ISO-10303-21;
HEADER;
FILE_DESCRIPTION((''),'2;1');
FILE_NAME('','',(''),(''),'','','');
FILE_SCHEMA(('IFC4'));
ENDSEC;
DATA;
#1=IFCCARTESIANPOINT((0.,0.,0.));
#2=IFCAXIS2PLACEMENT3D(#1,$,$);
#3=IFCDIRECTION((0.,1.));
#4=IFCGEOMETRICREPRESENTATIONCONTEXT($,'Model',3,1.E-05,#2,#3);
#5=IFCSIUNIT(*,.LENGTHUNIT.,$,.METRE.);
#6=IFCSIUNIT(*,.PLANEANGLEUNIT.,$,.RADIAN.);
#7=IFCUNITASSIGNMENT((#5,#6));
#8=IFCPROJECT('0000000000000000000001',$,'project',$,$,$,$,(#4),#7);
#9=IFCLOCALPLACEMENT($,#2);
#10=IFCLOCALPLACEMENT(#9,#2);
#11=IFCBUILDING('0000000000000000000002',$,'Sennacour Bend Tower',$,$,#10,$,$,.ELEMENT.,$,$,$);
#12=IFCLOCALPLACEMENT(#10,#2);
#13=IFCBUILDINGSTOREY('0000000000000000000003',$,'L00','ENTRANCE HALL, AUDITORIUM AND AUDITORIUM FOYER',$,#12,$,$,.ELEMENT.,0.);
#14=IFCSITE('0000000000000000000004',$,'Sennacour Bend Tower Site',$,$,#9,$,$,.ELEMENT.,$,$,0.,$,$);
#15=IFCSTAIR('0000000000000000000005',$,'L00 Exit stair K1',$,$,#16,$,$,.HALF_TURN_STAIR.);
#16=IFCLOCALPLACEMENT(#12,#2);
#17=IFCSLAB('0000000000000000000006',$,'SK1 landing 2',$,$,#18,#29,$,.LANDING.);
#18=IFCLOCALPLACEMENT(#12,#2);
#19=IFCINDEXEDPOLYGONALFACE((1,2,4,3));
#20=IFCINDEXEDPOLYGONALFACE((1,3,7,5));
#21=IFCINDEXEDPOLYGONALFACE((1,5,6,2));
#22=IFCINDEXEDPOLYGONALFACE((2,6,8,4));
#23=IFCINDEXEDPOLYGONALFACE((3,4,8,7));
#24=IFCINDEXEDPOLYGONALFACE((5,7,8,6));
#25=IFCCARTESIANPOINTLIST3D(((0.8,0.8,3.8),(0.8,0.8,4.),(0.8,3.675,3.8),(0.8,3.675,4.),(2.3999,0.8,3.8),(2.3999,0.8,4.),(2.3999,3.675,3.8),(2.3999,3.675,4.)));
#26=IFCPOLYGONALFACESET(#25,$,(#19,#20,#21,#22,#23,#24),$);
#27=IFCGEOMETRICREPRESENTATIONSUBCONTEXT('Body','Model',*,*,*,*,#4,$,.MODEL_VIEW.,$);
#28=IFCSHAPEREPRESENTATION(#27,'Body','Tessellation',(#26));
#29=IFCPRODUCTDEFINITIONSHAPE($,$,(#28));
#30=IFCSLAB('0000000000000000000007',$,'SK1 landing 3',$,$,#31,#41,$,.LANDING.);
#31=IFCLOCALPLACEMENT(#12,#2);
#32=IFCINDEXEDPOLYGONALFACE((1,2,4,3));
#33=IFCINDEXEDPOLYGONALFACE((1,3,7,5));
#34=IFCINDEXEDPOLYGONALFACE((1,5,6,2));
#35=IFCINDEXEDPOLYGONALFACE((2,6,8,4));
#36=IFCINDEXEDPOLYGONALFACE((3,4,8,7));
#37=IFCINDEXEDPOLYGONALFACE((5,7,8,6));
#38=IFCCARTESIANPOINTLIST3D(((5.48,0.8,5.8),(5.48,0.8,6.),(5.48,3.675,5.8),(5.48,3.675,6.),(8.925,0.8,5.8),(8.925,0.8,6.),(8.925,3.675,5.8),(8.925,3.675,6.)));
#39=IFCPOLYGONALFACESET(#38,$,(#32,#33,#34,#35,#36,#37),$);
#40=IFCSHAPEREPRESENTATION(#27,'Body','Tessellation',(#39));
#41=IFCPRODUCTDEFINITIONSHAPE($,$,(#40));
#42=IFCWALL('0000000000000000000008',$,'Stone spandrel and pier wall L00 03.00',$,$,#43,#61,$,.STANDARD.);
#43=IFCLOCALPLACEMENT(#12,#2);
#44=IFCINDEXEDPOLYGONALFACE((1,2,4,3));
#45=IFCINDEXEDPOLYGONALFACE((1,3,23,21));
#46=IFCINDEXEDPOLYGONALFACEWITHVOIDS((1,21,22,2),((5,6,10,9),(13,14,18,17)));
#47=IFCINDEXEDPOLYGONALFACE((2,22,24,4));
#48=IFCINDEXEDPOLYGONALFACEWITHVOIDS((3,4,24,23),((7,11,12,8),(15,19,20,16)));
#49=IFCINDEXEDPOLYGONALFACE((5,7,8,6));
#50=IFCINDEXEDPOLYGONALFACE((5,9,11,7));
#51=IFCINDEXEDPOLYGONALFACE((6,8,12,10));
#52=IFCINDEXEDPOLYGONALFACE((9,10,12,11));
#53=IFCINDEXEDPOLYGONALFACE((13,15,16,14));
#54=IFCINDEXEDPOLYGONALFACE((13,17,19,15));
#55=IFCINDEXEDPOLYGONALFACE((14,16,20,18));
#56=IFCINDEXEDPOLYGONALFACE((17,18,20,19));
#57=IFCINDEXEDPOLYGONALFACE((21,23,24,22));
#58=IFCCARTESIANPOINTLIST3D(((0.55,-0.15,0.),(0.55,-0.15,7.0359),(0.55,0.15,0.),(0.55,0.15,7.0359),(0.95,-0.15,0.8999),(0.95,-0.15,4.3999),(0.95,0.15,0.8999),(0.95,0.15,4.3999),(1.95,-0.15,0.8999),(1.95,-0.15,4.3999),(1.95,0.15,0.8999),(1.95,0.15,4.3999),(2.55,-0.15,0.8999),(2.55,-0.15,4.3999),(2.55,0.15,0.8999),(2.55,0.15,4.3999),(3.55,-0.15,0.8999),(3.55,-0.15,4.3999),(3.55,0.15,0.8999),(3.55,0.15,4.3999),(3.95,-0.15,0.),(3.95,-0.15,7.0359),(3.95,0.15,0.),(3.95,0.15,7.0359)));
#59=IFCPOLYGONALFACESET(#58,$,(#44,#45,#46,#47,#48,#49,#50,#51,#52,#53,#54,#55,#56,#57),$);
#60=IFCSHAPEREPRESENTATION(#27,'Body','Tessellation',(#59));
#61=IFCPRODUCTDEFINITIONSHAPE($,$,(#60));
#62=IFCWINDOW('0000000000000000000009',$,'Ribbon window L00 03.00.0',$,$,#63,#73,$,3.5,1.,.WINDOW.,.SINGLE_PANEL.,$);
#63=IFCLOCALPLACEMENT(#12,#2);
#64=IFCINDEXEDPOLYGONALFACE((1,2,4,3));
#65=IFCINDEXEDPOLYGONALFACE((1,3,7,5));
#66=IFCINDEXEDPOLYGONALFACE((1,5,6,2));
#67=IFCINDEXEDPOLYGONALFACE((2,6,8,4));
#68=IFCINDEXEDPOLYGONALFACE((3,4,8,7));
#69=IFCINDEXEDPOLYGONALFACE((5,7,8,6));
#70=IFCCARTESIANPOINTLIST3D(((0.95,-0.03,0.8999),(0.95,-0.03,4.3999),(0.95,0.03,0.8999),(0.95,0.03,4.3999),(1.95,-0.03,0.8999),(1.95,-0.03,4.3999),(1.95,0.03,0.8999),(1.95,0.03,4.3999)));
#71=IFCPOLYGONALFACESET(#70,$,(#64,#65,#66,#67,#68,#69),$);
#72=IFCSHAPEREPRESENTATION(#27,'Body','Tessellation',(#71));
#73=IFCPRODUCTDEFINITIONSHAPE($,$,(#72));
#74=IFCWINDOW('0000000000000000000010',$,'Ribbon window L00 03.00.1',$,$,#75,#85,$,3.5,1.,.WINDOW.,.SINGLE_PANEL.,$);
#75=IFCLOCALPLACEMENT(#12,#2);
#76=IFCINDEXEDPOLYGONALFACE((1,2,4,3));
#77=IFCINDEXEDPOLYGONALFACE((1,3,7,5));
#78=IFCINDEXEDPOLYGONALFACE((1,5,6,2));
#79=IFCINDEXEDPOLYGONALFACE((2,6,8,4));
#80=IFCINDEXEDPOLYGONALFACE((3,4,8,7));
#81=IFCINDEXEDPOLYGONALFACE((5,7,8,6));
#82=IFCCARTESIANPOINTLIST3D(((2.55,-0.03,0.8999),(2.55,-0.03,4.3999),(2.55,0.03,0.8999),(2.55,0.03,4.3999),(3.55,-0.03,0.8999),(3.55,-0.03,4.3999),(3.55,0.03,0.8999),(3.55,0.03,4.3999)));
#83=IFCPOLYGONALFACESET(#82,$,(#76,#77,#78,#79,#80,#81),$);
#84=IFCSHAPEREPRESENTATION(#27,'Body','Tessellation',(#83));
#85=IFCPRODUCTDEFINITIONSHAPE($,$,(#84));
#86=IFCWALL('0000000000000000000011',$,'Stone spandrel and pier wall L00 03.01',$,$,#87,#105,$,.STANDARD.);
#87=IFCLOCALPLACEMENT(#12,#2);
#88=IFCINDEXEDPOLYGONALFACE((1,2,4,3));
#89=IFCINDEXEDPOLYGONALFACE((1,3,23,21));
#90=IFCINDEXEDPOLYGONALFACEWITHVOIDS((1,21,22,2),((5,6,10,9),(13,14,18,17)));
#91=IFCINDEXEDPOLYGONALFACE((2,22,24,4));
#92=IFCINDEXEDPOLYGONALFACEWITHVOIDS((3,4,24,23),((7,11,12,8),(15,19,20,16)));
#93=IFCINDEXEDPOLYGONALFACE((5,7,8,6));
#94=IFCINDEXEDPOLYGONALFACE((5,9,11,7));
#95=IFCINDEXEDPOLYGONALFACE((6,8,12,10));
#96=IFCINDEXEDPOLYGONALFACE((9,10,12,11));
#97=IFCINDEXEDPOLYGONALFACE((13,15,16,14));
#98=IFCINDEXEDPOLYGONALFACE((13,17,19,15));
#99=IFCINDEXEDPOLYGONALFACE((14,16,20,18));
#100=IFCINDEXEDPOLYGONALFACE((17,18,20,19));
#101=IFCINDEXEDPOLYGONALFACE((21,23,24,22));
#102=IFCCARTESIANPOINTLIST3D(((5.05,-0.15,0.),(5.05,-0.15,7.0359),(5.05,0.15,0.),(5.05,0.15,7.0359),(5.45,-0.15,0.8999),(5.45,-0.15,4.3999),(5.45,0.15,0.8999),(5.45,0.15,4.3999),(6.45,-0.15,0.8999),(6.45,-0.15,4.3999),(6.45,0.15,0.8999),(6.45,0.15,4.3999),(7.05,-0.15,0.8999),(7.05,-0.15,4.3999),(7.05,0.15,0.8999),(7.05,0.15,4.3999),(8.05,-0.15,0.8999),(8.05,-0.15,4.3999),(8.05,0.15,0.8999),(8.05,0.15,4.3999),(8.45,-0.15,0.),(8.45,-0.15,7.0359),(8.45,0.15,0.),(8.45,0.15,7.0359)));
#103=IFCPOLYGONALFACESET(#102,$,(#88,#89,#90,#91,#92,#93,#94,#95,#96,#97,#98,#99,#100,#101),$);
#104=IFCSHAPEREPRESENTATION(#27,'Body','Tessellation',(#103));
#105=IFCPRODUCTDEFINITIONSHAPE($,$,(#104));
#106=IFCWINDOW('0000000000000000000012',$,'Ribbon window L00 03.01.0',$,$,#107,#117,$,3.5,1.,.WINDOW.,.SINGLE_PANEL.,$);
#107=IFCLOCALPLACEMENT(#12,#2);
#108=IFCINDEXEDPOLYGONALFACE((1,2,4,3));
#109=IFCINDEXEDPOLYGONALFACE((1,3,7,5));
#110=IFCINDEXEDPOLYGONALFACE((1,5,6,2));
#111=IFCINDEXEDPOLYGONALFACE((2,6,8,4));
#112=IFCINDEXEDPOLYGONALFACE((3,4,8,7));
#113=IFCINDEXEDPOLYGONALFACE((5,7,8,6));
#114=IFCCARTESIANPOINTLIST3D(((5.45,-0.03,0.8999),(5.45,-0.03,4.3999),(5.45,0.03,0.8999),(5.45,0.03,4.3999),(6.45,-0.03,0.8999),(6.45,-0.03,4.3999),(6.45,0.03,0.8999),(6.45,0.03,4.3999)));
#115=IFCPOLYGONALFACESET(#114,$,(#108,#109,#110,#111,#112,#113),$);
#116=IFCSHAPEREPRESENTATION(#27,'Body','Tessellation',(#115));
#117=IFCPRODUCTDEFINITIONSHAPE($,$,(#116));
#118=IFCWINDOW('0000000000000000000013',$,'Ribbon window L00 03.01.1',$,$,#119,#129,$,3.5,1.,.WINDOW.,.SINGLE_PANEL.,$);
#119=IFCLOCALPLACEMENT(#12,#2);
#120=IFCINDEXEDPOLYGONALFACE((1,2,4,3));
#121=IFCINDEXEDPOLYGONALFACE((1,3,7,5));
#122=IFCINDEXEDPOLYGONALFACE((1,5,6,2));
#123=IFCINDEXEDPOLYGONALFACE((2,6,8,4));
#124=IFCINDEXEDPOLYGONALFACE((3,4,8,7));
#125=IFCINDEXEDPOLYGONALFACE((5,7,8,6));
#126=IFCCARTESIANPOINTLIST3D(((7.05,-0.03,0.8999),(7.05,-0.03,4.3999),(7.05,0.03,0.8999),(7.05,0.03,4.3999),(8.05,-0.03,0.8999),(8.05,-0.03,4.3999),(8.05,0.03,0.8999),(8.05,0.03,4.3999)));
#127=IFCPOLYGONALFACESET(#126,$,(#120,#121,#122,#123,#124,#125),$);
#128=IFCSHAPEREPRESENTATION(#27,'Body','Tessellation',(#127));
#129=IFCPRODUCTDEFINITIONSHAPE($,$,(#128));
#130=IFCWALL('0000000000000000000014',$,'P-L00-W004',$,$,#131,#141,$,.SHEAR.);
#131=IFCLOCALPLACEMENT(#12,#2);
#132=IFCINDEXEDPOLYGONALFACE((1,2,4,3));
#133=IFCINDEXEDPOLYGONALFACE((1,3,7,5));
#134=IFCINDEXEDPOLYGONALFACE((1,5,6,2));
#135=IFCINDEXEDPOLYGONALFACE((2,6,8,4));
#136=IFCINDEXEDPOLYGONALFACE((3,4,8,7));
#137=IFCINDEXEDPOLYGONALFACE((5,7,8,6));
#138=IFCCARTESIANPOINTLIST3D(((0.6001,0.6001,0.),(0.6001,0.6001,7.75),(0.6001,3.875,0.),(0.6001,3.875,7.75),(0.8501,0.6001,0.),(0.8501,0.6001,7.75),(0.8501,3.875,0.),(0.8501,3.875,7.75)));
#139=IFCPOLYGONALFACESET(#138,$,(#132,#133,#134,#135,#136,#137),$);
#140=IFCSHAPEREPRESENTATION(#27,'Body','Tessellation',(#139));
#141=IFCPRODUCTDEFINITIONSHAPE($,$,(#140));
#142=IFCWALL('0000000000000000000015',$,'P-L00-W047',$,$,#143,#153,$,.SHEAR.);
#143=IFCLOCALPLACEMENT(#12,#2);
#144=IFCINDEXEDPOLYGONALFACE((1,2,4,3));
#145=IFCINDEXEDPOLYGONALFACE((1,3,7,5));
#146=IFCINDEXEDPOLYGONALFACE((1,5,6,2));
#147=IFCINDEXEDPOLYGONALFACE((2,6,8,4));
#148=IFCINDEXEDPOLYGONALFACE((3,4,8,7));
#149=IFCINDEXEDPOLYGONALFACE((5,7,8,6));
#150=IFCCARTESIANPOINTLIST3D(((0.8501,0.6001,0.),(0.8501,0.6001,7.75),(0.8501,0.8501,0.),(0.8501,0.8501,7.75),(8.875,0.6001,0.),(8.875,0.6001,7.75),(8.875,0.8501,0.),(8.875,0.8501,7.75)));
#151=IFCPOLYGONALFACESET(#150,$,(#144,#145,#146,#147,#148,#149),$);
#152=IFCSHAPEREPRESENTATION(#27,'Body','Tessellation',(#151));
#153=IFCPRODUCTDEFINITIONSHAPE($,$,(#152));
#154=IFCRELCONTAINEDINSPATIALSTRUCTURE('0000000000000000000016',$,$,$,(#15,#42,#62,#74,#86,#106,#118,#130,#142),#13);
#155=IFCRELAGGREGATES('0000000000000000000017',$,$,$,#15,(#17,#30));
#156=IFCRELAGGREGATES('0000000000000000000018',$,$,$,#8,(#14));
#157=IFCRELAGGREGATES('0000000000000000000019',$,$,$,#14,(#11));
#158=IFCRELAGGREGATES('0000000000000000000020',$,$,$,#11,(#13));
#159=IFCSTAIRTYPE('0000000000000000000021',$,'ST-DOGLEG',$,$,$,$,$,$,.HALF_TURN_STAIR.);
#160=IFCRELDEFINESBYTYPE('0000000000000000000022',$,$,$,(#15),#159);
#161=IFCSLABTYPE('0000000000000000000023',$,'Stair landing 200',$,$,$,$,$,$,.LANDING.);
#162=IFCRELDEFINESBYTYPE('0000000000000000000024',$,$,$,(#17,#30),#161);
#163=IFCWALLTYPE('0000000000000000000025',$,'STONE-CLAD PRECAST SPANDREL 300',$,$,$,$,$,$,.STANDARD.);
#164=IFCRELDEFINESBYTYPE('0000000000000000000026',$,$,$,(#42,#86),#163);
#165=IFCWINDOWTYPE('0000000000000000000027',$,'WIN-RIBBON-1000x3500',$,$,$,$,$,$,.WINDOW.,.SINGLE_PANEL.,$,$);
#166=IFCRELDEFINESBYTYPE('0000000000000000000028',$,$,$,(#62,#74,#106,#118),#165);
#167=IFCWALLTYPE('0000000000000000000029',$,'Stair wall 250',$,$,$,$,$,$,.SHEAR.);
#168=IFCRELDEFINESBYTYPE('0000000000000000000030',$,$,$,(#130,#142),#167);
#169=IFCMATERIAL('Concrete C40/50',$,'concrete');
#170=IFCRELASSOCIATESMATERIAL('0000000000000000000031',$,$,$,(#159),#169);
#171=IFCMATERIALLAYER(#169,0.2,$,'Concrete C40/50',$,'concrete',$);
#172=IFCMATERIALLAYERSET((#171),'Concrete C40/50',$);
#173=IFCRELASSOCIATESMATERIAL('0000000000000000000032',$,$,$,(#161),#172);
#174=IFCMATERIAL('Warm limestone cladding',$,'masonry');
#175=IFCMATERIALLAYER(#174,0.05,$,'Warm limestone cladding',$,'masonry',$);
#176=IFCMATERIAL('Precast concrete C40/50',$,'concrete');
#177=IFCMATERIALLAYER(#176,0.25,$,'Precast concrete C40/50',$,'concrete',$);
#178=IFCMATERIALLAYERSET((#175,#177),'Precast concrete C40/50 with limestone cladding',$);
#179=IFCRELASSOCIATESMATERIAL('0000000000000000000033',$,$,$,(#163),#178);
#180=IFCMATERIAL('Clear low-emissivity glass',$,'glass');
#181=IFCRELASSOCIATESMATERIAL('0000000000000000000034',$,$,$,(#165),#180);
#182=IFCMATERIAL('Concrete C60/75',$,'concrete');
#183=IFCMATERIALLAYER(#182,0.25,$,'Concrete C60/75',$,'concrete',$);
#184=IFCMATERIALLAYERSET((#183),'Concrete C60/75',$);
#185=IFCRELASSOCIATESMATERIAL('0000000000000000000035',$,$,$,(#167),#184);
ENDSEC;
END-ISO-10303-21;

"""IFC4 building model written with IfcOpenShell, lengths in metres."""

from ifc_helpers import new_model, si_unit, direction, frame, frame_2d, origin, place, context, subcontext, project, spatial, polyline, rectangle, outline, extrude, material, layer, layer_set, type_object, element, fill, aggregate, save


model = new_model("IFC4")

# Units and contexts
model_context = context("Model", 3, precision=1e-05, world=origin(), true_north=direction((0.0, 1.0)))
body_context = subcontext(model_context, "Body", "Model", "MODEL_VIEW")
ifc_project = project(units=[si_unit("LENGTHUNIT", "METRE"), si_unit("PLANEANGLEUNIT", "RADIAN")], contexts=[model_context])

# Site, building, storey
site_placement = place(None, origin())
site = spatial("IfcSite", under=ifc_project, at=site_placement, Name="Sennacour Bend Tower Site", CompositionType="ELEMENT", RefElevation=0.0)
building_placement = place(site_placement, origin())
building = spatial("IfcBuilding", under=site, at=building_placement, Name="Sennacour Bend Tower", CompositionType="ELEMENT")
storey_placement = place(building_placement, origin())
storey = spatial("IfcBuildingStorey", under=building, at=storey_placement, Name="L00", Description="ENTRANCE HALL, AUDITORIUM AND AUDITORIUM FOYER", CompositionType="ELEMENT", Elevation=0.0)

# Shared definitions
ifc_material_1 = material(Name="Concrete C40/50", Category="concrete")
stair_type = type_object("IfcStairType", Name="ST-DOGLEG", PredefinedType="HALF_TURN_STAIR", material=ifc_material_1)
ifc_layer_1 = layer(ifc_material_1, 0.2, Name="Concrete C40/50", Category="concrete")
ifc_layer_set_1 = layer_set([ifc_layer_1], Name="Concrete C40/50")
slab_type = type_object("IfcSlabType", Name="Stair landing 200", PredefinedType="LANDING", material=ifc_layer_set_1)

# Stair, slabs
stair_1_placement = place(storey_placement, origin())
stair_1 = element("IfcStair", 1, at=stair_1_placement, inside=storey, type_object=stair_type, Name="L00 Exit stair K1", PredefinedType="HALF_TURN_STAIR")
slab_1_placement = place(storey_placement, frame((0.0, 0.0, 3.8)))
slab_1 = element("IfcSlab", 2, at=slab_1_placement, type_object=slab_type, Name="SK1 landing 2", PredefinedType="LANDING", context=body_context, shape_type="SweptSolid", body=[
    extrude(outline(polyline([(0.8, 0.8), (2.3999, 0.8), (2.3999, 3.675), (0.8, 3.675), (0.8, 0.8)])), origin(), (0.0, 0.0, 1.0), 0.2),
])
slab_2_placement = place(storey_placement, frame((0.0, 0.0, 5.8)))
slab_2 = element("IfcSlab", 3, at=slab_2_placement, type_object=slab_type, Name="SK1 landing 3", PredefinedType="LANDING", context=body_context, shape_type="SweptSolid", body=[
    extrude(outline(polyline([(5.48, 0.8), (8.925, 0.8), (8.925, 3.675), (5.48, 3.675), (5.48, 0.8)])), origin(), (0.0, 0.0, 1.0), 0.2),
])
aggregate(stair_1, [slab_1, slab_2])

# Walls, openings, windows
ifc_material_2 = material(Name="Warm limestone cladding", Category="masonry")
ifc_layer_2 = layer(ifc_material_2, 0.05, Name="Warm limestone cladding", Category="masonry")
ifc_material_3 = material(Name="Precast concrete C40/50", Category="concrete")
ifc_layer_3 = layer(ifc_material_3, 0.25, Name="Precast concrete C40/50", Category="concrete")
ifc_layer_set_2 = layer_set([ifc_layer_2, ifc_layer_3], Name="Precast concrete C40/50 with limestone cladding")
wall_type_1 = type_object("IfcWallType", Name="STONE-CLAD PRECAST SPANDREL 300", PredefinedType="STANDARD", material=ifc_layer_set_2)
wall_1_placement = place(storey_placement, frame((0.55, 0.0, 0.0), z_axis=(0.0, 0.0, 1.0), x_axis=(1.0, 0.0, 0.0)))
wall_1 = element("IfcWall", 4, at=wall_1_placement, inside=storey, type_object=wall_type_1, Name="Stone spandrel and pier wall L00 03.00", PredefinedType="STANDARD", context=body_context, shape_type="SweptSolid", body=[
    extrude(rectangle(XDim=3.3999, YDim=0.3, at=frame_2d((1.7, 0.0))), origin(), (0.0, 0.0, 1.0), 7.0359),
])
opening_1_placement = place(wall_1_placement, frame((0.3999, 0.0, 0.8999)))
opening_1 = element("IfcOpeningElement", 5, at=opening_1_placement, cuts=wall_1, PredefinedType="OPENING", context=body_context, shape_type="SweptSolid", body=[
    extrude(rectangle(XDim=1.0, YDim=3.5, at=frame_2d((0.5, 1.75))), frame((0.0, 0.1602, 0.0), z_axis=(0.0, -1.0, 0.0), x_axis=(1.0, 0.0, 0.0)), (0.0, 0.0, 1.0), 0.3201),
])
opening_2_placement = place(wall_1_placement, frame((2.0, 0.0, 0.8999)))
opening_2 = element("IfcOpeningElement", 6, at=opening_2_placement, cuts=wall_1, PredefinedType="OPENING", context=body_context, shape_type="SweptSolid", body=[
    extrude(rectangle(XDim=1.0, YDim=3.5, at=frame_2d((0.5, 1.75))), frame((0.0, 0.1602, 0.0), z_axis=(0.0, -1.0, 0.0), x_axis=(1.0, 0.0, 0.0)), (0.0, 0.0, 1.0), 0.3201),
])
ifc_material_4 = material(Name="Clear low-emissivity glass", Category="glass")
window_type = type_object("IfcWindowType", Name="WIN-RIBBON-1000x3500", PartitioningType="SINGLE_PANEL", PredefinedType="WINDOW", material=ifc_material_4)
window_1_placement = place(opening_1_placement, origin())
window_1 = element("IfcWindow", 7, at=window_1_placement, inside=storey, type_object=window_type, Name="Ribbon window L00 03.00.0", OverallHeight=3.5, OverallWidth=1.0, PartitioningType="SINGLE_PANEL", PredefinedType="WINDOW", context=body_context, shape_type="SweptSolid", body=[
    extrude(rectangle(XDim=1.0, YDim=3.5, at=frame_2d((0.5, 1.75))), frame((0.0, 0.03, 0.0), z_axis=(0.0, -1.0, 0.0), x_axis=(1.0, 0.0, 0.0)), (0.0, 0.0, 1.0), 0.0601),
])
fill(opening_1, window_1)
window_2_placement = place(opening_2_placement, origin())
window_2 = element("IfcWindow", 8, at=window_2_placement, inside=storey, type_object=window_type, Name="Ribbon window L00 03.00.1", OverallHeight=3.5, OverallWidth=1.0, PartitioningType="SINGLE_PANEL", PredefinedType="WINDOW", context=body_context, shape_type="SweptSolid", body=[
    extrude(rectangle(XDim=1.0, YDim=3.5, at=frame_2d((0.5, 1.75))), frame((0.0, 0.03, 0.0), z_axis=(0.0, -1.0, 0.0), x_axis=(1.0, 0.0, 0.0)), (0.0, 0.0, 1.0), 0.0601),
])
fill(opening_2, window_2)
wall_2_placement = place(storey_placement, frame((5.05, 0.0, 0.0), z_axis=(0.0, 0.0, 1.0), x_axis=(1.0, 0.0, 0.0)))
wall_2 = element("IfcWall", 9, at=wall_2_placement, inside=storey, type_object=wall_type_1, Name="Stone spandrel and pier wall L00 03.01", PredefinedType="STANDARD", context=body_context, shape_type="SweptSolid", body=[
    extrude(rectangle(XDim=3.3999, YDim=0.3, at=frame_2d((1.7, 0.0))), origin(), (0.0, 0.0, 1.0), 7.0359),
])
opening_3_placement = place(wall_2_placement, frame((0.3999, 0.0, 0.8999)))
opening_3 = element("IfcOpeningElement", 10, at=opening_3_placement, cuts=wall_2, PredefinedType="OPENING", context=body_context, shape_type="SweptSolid", body=[
    extrude(rectangle(XDim=1.0, YDim=3.5, at=frame_2d((0.5, 1.75))), frame((0.0, 0.1602, 0.0), z_axis=(0.0, -1.0, 0.0), x_axis=(1.0, 0.0, 0.0)), (0.0, 0.0, 1.0), 0.3201),
])
opening_4_placement = place(wall_2_placement, frame((2.0, 0.0, 0.8999)))
opening_4 = element("IfcOpeningElement", 11, at=opening_4_placement, cuts=wall_2, PredefinedType="OPENING", context=body_context, shape_type="SweptSolid", body=[
    extrude(rectangle(XDim=1.0, YDim=3.5, at=frame_2d((0.5, 1.75))), frame((0.0, 0.1602, 0.0), z_axis=(0.0, -1.0, 0.0), x_axis=(1.0, 0.0, 0.0)), (0.0, 0.0, 1.0), 0.3201),
])
window_3_placement = place(opening_3_placement, origin())
window_3 = element("IfcWindow", 12, at=window_3_placement, inside=storey, type_object=window_type, Name="Ribbon window L00 03.01.0", OverallHeight=3.5, OverallWidth=1.0, PartitioningType="SINGLE_PANEL", PredefinedType="WINDOW", context=body_context, shape_type="SweptSolid", body=[
    extrude(rectangle(XDim=1.0, YDim=3.5, at=frame_2d((0.5, 1.75))), frame((0.0, 0.03, 0.0), z_axis=(0.0, -1.0, 0.0), x_axis=(1.0, 0.0, 0.0)), (0.0, 0.0, 1.0), 0.0601),
])
fill(opening_3, window_3)
window_4_placement = place(opening_4_placement, origin())
window_4 = element("IfcWindow", 13, at=window_4_placement, inside=storey, type_object=window_type, Name="Ribbon window L00 03.01.1", OverallHeight=3.5, OverallWidth=1.0, PartitioningType="SINGLE_PANEL", PredefinedType="WINDOW", context=body_context, shape_type="SweptSolid", body=[
    extrude(rectangle(XDim=1.0, YDim=3.5, at=frame_2d((0.5, 1.75))), frame((0.0, 0.03, 0.0), z_axis=(0.0, -1.0, 0.0), x_axis=(1.0, 0.0, 0.0)), (0.0, 0.0, 1.0), 0.0601),
])
fill(opening_4, window_4)

# Walls
ifc_material_5 = material(Name="Concrete C60/75", Category="concrete")
ifc_layer_4 = layer(ifc_material_5, 0.25, Name="Concrete C60/75", Category="concrete")
ifc_layer_set_3 = layer_set([ifc_layer_4], Name="Concrete C60/75")
wall_type_2 = type_object("IfcWallType", Name="Stair wall 250", PredefinedType="SHEAR", material=ifc_layer_set_3)
wall_3_placement = place(storey_placement, frame((0.7251, 0.6001, 0.0), z_axis=(0.0, 0.0, 1.0), x_axis=(0.0, 1.0, 0.0)))
element("IfcWall", 14, at=wall_3_placement, inside=storey, type_object=wall_type_2, Name="P-L00-W004", PredefinedType="SHEAR", context=body_context, shape_type="SweptSolid", body=[
    extrude(rectangle(XDim=3.2749, YDim=0.25, at=frame_2d((1.6375, 0.0))), origin(), (0.0, 0.0, 1.0), 7.75),
])
wall_4_placement = place(storey_placement, frame((0.8501, 0.7251, 0.0), z_axis=(0.0, 0.0, 1.0), x_axis=(1.0, 0.0, 0.0)))
element("IfcWall", 15, at=wall_4_placement, inside=storey, type_object=wall_type_2, Name="P-L00-W047", PredefinedType="SHEAR", context=body_context, shape_type="SweptSolid", body=[
    extrude(rectangle(XDim=8.0249, YDim=0.25, at=frame_2d((4.0125, 0.0))), origin(), (0.0, 0.0, 1.0), 7.75),
])

save(model, "model.ifc")
